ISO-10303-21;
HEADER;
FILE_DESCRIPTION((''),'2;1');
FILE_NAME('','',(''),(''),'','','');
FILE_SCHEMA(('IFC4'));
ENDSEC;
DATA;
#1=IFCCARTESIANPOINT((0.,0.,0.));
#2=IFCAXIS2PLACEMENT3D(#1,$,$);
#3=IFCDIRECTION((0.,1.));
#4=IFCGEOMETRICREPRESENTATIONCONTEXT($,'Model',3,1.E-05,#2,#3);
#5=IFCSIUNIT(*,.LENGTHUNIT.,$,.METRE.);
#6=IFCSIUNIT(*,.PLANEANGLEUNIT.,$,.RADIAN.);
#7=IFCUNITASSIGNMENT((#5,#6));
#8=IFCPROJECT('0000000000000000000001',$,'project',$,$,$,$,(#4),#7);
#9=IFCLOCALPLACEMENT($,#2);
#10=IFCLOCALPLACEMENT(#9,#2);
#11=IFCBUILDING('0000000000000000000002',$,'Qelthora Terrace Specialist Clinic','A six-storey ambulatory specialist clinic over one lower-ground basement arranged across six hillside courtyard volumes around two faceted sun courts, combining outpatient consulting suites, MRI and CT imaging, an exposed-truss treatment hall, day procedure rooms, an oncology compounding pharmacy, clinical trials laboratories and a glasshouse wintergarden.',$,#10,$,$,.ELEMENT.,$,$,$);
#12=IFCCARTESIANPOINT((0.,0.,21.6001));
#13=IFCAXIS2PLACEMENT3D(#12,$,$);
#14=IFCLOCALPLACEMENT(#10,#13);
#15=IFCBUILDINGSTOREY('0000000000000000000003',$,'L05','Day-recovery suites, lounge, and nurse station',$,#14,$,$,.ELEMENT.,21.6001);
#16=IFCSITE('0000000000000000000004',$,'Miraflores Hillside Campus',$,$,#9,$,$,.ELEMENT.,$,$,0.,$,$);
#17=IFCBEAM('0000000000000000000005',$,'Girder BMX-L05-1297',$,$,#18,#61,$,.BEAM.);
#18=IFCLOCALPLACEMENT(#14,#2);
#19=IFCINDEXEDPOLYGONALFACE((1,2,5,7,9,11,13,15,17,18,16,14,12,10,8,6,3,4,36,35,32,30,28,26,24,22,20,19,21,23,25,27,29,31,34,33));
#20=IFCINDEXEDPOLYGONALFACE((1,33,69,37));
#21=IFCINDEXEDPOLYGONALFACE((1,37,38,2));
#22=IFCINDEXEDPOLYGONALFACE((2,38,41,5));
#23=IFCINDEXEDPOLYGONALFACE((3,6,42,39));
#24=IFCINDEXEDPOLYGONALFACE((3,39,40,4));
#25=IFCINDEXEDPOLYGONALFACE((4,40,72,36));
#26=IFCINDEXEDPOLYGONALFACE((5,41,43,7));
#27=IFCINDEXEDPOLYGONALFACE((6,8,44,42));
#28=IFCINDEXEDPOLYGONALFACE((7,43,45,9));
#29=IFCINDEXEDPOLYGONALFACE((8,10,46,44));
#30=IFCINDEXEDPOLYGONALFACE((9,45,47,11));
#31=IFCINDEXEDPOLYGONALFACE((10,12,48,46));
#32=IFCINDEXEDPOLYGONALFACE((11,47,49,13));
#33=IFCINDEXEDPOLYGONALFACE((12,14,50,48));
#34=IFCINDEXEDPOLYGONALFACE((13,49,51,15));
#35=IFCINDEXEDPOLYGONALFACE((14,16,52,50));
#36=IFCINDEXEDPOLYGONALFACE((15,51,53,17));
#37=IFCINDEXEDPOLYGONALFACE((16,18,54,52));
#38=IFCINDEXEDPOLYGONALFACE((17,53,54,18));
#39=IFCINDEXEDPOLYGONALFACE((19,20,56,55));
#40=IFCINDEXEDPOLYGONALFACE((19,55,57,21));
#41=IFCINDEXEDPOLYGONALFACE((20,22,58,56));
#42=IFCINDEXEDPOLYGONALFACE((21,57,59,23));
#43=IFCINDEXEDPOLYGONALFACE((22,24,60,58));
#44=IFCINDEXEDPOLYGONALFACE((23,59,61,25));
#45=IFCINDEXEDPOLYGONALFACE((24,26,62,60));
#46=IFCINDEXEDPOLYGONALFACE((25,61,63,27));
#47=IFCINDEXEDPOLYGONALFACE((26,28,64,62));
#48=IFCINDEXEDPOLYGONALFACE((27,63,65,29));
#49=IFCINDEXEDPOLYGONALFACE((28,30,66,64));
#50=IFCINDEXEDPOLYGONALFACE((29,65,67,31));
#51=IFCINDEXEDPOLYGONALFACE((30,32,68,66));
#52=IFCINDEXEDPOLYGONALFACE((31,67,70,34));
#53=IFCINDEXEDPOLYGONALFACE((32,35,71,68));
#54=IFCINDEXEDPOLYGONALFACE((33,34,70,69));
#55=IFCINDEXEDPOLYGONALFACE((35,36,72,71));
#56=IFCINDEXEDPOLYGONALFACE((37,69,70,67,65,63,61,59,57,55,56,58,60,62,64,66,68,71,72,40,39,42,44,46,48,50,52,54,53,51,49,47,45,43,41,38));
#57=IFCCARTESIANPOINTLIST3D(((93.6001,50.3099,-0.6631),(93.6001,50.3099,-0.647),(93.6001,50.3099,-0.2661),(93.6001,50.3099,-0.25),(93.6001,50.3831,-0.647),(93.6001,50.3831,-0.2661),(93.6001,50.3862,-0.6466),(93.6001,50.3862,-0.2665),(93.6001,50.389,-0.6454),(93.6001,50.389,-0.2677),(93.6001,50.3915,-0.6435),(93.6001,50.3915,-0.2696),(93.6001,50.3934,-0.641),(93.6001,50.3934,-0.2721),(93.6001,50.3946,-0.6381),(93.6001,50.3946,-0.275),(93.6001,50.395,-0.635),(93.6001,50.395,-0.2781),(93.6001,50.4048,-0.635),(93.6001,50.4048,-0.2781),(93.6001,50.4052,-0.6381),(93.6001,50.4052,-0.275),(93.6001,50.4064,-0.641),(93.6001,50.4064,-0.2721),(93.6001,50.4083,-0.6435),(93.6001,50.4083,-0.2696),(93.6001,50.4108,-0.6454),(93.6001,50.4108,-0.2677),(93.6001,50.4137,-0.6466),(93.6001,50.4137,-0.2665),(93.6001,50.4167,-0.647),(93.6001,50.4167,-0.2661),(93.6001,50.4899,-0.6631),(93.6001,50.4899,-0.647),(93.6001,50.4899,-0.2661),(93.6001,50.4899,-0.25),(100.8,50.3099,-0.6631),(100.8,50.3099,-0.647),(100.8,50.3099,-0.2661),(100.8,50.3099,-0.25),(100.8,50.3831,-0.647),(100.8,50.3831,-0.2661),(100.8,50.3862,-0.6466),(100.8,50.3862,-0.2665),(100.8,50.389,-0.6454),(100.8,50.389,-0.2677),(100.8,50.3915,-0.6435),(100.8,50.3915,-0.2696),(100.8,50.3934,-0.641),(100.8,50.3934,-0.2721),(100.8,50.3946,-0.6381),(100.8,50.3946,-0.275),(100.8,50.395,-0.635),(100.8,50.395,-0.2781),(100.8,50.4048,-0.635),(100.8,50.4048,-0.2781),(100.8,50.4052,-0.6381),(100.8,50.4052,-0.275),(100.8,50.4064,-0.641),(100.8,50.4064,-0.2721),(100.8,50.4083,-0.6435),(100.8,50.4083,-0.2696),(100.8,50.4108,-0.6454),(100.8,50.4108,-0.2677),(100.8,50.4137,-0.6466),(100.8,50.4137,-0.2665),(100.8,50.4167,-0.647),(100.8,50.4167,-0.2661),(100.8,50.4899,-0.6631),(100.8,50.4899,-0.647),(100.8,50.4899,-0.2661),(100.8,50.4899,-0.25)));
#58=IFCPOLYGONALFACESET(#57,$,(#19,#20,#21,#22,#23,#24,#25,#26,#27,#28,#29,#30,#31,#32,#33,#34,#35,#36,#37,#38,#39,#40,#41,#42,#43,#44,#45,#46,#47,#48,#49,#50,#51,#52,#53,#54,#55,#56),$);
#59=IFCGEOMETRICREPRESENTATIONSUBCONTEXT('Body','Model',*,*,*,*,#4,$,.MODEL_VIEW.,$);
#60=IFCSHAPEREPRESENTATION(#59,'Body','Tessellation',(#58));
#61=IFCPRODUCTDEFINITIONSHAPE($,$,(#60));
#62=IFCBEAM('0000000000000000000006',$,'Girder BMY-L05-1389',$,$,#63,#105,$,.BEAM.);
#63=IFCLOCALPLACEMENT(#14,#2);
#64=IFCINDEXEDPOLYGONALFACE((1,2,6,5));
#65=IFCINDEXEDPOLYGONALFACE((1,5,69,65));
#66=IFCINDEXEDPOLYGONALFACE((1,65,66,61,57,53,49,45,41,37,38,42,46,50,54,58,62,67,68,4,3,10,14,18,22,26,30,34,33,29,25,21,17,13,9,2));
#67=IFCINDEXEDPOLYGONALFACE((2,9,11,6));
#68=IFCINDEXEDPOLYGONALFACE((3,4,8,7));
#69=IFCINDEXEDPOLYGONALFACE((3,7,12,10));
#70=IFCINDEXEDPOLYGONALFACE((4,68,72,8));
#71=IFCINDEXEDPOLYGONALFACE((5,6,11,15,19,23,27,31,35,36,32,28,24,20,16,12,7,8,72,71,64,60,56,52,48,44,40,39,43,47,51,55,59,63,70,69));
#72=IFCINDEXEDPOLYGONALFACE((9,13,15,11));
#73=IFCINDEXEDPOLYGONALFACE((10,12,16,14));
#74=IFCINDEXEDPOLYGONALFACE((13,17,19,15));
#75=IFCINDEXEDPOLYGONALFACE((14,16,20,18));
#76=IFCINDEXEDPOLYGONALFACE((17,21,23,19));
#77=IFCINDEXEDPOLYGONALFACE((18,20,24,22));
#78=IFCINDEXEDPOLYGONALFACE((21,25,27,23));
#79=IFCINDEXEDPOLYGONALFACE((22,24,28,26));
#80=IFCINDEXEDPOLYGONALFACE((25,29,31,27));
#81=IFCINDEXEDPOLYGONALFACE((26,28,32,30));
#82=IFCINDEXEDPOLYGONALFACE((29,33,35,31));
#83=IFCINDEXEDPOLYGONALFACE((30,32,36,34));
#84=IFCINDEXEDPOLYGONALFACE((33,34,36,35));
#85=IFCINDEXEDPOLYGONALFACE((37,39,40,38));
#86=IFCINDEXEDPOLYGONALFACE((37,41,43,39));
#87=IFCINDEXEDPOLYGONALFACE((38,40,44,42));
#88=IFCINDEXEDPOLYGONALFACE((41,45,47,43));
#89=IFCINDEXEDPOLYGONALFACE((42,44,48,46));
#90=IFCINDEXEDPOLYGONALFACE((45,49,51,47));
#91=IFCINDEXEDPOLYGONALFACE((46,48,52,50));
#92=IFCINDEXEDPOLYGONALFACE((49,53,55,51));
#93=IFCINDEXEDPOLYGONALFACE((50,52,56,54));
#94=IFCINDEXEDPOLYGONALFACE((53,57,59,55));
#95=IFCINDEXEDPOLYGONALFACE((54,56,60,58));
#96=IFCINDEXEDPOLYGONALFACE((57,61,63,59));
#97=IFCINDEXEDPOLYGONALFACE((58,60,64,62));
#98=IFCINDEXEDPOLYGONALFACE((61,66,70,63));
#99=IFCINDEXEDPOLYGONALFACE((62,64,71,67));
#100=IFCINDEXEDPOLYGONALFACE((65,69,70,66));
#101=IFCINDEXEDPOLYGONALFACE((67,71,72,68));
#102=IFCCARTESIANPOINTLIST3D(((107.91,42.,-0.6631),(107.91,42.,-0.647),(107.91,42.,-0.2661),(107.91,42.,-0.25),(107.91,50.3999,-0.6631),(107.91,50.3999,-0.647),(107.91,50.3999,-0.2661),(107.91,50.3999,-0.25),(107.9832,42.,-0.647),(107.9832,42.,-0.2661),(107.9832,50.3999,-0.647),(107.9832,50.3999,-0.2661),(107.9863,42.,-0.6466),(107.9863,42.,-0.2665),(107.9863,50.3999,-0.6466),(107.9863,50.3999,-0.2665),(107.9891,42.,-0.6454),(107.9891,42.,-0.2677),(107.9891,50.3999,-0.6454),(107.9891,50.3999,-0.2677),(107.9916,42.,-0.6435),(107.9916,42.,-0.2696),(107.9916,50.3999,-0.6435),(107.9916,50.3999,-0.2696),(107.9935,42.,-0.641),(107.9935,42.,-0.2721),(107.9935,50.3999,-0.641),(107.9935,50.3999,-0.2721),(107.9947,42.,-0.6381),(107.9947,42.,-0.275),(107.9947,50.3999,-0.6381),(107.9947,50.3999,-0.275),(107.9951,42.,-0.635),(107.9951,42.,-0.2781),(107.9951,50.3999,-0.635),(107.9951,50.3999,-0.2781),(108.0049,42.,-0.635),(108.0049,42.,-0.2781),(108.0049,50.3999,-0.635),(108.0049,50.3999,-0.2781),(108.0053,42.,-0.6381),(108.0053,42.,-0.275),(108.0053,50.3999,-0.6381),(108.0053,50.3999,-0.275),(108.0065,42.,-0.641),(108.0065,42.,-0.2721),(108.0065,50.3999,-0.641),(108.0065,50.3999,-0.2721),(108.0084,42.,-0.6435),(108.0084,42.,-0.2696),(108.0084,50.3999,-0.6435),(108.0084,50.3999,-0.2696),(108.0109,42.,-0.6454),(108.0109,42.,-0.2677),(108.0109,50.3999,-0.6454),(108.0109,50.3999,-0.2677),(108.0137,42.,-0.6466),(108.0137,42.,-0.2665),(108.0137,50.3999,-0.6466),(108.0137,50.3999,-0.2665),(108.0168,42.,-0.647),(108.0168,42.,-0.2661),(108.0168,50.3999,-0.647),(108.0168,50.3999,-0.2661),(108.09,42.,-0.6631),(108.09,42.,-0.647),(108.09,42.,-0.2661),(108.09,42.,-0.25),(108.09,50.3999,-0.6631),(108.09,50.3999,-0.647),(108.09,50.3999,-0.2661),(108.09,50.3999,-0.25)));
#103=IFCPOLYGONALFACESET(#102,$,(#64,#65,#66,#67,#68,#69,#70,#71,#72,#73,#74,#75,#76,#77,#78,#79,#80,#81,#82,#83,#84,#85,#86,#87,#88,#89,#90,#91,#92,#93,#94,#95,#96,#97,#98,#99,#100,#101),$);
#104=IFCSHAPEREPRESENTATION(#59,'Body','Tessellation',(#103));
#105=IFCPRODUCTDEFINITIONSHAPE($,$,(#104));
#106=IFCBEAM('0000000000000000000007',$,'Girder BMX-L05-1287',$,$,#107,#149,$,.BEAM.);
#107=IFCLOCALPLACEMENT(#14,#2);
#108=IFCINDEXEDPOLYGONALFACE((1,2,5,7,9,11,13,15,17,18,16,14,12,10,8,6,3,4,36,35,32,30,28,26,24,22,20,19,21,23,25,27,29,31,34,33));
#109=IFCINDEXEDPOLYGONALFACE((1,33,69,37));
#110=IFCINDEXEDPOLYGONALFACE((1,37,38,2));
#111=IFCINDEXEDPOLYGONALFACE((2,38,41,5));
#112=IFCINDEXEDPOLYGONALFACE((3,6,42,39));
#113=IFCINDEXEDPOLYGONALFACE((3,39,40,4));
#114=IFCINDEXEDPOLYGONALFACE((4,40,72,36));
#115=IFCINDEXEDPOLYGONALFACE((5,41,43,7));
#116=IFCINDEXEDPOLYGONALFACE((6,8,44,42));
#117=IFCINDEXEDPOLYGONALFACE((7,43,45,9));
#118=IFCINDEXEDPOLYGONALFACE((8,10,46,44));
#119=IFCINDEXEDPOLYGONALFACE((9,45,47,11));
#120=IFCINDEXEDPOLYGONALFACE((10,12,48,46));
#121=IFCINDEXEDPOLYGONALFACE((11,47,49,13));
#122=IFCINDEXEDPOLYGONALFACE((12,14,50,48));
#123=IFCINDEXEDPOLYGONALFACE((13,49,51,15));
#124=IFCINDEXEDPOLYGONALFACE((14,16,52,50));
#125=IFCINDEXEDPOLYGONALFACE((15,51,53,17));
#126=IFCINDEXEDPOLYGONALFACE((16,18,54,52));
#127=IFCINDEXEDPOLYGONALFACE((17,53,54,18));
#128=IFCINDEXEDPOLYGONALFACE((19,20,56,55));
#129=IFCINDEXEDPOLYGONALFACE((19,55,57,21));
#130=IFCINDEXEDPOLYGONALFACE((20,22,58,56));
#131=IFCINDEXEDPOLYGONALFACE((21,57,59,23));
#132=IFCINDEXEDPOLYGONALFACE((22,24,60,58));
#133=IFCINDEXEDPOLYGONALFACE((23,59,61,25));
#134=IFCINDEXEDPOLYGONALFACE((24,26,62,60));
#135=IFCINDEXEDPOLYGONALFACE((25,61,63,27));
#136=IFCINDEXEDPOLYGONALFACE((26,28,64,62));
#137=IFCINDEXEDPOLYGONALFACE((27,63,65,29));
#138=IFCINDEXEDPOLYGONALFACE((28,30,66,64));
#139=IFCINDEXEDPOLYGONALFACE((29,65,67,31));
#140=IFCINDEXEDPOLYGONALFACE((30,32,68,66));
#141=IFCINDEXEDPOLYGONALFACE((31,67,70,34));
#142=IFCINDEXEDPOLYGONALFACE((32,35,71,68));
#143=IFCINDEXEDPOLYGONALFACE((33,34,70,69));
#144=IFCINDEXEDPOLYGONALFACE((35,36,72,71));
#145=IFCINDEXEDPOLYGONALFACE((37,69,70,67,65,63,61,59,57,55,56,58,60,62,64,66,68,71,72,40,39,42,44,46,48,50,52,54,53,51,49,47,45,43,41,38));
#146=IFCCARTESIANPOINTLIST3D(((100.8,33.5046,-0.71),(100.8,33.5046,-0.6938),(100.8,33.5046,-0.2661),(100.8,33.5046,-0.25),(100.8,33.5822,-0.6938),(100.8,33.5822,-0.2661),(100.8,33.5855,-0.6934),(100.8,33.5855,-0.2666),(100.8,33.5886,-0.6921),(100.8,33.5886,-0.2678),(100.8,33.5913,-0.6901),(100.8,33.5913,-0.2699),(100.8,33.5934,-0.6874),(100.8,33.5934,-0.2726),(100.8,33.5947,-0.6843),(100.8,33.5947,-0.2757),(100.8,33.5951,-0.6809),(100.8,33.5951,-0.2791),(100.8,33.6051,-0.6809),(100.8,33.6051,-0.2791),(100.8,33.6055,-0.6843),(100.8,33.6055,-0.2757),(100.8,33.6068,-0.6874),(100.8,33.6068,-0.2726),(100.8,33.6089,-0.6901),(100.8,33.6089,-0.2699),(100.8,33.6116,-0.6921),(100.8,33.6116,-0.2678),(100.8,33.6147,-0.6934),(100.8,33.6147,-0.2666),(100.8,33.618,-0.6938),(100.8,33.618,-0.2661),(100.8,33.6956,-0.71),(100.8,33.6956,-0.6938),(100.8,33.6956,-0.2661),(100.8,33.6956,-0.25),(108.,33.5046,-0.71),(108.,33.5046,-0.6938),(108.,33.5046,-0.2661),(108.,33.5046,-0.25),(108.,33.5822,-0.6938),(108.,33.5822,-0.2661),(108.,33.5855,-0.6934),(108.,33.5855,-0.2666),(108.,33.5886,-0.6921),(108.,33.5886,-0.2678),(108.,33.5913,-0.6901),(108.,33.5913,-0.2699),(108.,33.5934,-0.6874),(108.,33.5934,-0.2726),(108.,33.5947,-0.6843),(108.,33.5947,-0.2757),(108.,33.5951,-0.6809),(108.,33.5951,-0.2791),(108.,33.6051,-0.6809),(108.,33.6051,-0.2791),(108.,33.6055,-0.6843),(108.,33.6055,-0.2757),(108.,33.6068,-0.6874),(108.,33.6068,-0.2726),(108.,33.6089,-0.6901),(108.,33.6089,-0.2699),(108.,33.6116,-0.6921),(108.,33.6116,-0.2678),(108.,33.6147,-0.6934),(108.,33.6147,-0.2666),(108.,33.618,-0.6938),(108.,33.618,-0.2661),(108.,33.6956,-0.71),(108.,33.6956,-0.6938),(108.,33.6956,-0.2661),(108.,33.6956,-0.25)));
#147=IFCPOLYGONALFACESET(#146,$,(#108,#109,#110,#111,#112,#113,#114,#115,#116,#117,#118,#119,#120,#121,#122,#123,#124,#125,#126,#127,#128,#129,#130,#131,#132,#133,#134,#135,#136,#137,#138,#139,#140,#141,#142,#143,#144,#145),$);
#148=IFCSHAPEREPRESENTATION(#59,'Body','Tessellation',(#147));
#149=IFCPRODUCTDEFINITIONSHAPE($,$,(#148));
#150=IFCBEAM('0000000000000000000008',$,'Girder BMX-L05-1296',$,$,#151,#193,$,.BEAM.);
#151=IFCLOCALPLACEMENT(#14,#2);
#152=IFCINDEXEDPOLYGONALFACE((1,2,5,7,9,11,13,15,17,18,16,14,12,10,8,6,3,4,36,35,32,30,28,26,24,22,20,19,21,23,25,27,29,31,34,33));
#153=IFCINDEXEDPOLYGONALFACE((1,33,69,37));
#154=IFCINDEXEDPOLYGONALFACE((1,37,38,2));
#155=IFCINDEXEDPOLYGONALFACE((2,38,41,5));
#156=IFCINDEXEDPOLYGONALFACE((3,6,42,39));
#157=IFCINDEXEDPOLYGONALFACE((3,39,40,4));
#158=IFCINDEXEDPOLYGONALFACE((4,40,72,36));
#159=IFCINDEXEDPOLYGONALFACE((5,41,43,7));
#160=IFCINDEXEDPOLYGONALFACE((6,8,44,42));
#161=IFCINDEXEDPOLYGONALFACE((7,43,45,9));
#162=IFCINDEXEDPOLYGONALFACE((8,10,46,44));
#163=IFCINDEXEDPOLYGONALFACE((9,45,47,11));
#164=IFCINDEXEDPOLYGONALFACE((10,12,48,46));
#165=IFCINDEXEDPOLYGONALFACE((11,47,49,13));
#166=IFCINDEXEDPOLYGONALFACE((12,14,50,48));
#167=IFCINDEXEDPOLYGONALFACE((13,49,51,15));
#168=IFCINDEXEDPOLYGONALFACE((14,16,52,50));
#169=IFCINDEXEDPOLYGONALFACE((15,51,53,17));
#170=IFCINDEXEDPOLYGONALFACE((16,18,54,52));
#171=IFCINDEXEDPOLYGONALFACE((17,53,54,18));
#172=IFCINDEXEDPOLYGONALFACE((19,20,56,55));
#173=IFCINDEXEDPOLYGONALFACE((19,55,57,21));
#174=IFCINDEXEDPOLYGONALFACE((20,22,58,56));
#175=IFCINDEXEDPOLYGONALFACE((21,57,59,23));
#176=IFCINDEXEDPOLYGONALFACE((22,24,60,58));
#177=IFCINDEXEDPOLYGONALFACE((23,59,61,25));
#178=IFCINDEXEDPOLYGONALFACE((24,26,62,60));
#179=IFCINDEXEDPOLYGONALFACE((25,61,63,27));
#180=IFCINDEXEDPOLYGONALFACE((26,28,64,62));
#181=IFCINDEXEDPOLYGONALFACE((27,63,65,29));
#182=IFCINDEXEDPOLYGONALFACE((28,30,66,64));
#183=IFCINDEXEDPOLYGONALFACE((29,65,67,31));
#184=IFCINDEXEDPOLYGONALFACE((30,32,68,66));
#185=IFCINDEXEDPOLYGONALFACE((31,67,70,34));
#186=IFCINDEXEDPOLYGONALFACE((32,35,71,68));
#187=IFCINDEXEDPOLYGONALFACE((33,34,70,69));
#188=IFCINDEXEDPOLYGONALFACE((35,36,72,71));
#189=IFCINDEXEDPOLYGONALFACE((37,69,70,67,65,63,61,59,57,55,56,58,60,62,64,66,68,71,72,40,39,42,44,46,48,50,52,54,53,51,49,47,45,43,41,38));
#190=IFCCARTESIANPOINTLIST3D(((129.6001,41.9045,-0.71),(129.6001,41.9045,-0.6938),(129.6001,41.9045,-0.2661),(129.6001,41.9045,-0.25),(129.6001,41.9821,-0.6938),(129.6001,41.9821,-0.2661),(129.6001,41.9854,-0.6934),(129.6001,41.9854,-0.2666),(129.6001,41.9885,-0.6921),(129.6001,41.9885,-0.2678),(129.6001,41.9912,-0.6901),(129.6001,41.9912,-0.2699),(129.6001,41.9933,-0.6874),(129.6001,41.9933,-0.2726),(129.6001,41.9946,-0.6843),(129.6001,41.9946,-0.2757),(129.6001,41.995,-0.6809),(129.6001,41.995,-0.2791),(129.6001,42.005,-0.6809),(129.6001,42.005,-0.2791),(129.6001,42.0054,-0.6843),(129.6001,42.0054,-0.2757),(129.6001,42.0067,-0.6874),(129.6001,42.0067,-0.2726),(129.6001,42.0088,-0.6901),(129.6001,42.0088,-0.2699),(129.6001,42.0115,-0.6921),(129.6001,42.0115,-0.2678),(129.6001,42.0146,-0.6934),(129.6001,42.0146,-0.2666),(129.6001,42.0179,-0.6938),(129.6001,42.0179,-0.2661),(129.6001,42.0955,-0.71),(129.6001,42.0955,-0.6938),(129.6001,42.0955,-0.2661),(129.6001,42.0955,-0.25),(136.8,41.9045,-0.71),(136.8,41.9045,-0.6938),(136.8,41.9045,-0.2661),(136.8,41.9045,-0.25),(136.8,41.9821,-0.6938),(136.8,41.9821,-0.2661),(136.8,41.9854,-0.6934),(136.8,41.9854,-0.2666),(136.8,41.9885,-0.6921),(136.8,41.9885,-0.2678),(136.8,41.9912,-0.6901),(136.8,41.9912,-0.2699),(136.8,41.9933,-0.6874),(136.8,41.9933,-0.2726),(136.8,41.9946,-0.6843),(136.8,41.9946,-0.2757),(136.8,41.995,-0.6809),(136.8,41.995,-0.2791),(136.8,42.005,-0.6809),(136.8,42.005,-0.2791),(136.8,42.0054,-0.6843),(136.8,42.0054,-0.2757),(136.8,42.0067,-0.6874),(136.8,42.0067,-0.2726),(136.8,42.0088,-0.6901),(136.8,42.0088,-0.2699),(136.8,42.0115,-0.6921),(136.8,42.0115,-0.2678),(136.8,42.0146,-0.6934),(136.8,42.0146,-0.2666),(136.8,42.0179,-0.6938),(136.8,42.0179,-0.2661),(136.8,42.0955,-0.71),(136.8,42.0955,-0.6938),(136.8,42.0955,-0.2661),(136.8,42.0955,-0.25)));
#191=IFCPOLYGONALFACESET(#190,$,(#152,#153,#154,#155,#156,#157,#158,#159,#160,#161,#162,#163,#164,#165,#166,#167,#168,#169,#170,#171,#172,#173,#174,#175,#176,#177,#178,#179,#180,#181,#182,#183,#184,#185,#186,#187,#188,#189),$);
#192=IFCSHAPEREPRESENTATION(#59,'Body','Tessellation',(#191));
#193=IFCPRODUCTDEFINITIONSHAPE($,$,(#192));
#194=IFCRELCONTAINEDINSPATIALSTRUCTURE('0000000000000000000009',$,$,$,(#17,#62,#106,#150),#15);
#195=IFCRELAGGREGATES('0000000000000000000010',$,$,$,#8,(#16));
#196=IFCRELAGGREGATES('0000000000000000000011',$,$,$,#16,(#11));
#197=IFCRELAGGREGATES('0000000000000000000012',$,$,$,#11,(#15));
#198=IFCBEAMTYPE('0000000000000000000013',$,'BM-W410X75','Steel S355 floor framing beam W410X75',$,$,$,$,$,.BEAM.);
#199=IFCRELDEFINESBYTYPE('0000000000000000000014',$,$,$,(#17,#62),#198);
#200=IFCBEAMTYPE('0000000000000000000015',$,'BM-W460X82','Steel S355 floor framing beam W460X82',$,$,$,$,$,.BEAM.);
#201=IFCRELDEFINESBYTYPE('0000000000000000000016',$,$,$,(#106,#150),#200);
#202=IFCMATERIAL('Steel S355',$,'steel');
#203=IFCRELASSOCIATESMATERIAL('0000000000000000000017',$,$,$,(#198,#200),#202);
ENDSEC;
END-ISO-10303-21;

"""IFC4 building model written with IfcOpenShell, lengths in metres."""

from ifc_helpers import new_model, si_unit, direction, frame, origin, origin_2d, place, context, subcontext, project, spatial, i_section, extrude, material, material_profile, profile_set, type_object, element, save


model = new_model("IFC4")

# Units and contexts
model_context = context("Model", 3, precision=1e-05, world=origin(), true_north=direction((0.0, 1.0)))
body_context = subcontext(model_context, "Body", "Model", "MODEL_VIEW")
ifc_project = project(units=[si_unit("LENGTHUNIT", "METRE"), si_unit("PLANEANGLEUNIT", "RADIAN")], contexts=[model_context])

# Site, building, storey
site_placement = place(None, origin())
site = spatial("IfcSite", under=ifc_project, at=site_placement, Name="Miraflores Hillside Campus", CompositionType="ELEMENT", RefElevation=0.0)
building_placement = place(site_placement, origin())
building = spatial("IfcBuilding", under=site, at=building_placement, Name="Qelthora Terrace Specialist Clinic", Description="A six-storey ambulatory specialist clinic over one lower-ground basement arranged across six hillside courtyard volumes around two faceted sun courts, combining outpatient consulting suites, MRI and CT imaging, an exposed-truss treatment hall, day procedure rooms, an oncology compounding pharmacy, clinical trials laboratories and a glasshouse wintergarden.", CompositionType="ELEMENT")
storey_placement = place(building_placement, frame((0.0, 0.0, 21.6001)))
storey = spatial("IfcBuildingStorey", under=building, at=storey_placement, Name="L05", Description="Day-recovery suites, lounge, and nurse station", CompositionType="ELEMENT", Elevation=21.6001)

# Beams
ifc_material = material(Name="Steel S355", Category="steel")
ifc_material_profile_1 = material_profile(ifc_material, i_section(OverallWidth=0.1799, OverallDepth=0.4131, WebThickness=0.0098, FlangeThickness=0.0161, FilletRadius=0.012, at=origin_2d()), Name="W410X75")
ifc_profile_set_1 = profile_set([ifc_material_profile_1], Name="Steel S355")
beam_type_1 = type_object("IfcBeamType", Name="BM-W410X75", Description="Steel S355 floor framing beam W410X75", PredefinedType="BEAM", material=ifc_profile_set_1)
beam_1_placement = place(storey_placement, frame((93.6001, 50.3999, -0.4565), z_axis=(1.0, 0.0, 0.0), x_axis=(0.0, 1.0, 0.0)))
element("IfcBeam", 1, at=beam_1_placement, inside=storey, type_object=beam_type_1, Name="Girder BMX-L05-1297", PredefinedType="BEAM", context=body_context, shape_type="SweptSolid", body=[
    extrude(i_section(OverallWidth=0.1799, OverallDepth=0.4131, WebThickness=0.0098, FlangeThickness=0.0161, FilletRadius=0.012, at=origin_2d()), origin(), (0.0, 0.0, 1.0), 7.2),
])
beam_2_placement = place(storey_placement, frame((108.0, 42.0, -0.4565), z_axis=(0.0, 1.0, 0.0), x_axis=(-1.0, 0.0, 0.0)))
element("IfcBeam", 2, at=beam_2_placement, inside=storey, type_object=beam_type_1, Name="Girder BMY-L05-1389", PredefinedType="BEAM", context=body_context, shape_type="SweptSolid", body=[
    extrude(i_section(OverallWidth=0.1799, OverallDepth=0.4131, WebThickness=0.0098, FlangeThickness=0.0161, FilletRadius=0.012, at=origin_2d()), origin(), (0.0, 0.0, 1.0), 8.3999),
])
ifc_material_profile_2 = material_profile(ifc_material, i_section(OverallWidth=0.1909, OverallDepth=0.46, WebThickness=0.01, FlangeThickness=0.0161, FilletRadius=0.0129, at=origin_2d()), Name="W460X82")
ifc_profile_set_2 = profile_set([ifc_material_profile_2], Name="Steel S355")
beam_type_2 = type_object("IfcBeamType", Name="BM-W460X82", Description="Steel S355 floor framing beam W460X82", PredefinedType="BEAM", material=ifc_profile_set_2)
for number, where, z_axis, x_axis, name in (
    (3, (100.8, 33.6001, -0.48), (1.0, 0.0, 0.0), (0.0, 1.0, 0.0), "Girder BMX-L05-1287"),
    (4, (129.6001, 42.0, -0.48), (1.0, 0.0, 0.0), (0.0, 1.0, 0.0), "Girder BMX-L05-1296"),
):
    element("IfcBeam", number, at=place(storey_placement, frame(where, z_axis=z_axis, x_axis=x_axis)), inside=storey, type_object=beam_type_2, Name=name, PredefinedType="BEAM", context=body_context, shape_type="SweptSolid", body=[
        extrude(i_section(OverallWidth=0.1909, OverallDepth=0.46, WebThickness=0.01, FlangeThickness=0.0161, FilletRadius=0.0129, at=origin_2d()), origin(), (0.0, 0.0, 1.0), 7.2),
    ])

save(model, "model.ifc")
